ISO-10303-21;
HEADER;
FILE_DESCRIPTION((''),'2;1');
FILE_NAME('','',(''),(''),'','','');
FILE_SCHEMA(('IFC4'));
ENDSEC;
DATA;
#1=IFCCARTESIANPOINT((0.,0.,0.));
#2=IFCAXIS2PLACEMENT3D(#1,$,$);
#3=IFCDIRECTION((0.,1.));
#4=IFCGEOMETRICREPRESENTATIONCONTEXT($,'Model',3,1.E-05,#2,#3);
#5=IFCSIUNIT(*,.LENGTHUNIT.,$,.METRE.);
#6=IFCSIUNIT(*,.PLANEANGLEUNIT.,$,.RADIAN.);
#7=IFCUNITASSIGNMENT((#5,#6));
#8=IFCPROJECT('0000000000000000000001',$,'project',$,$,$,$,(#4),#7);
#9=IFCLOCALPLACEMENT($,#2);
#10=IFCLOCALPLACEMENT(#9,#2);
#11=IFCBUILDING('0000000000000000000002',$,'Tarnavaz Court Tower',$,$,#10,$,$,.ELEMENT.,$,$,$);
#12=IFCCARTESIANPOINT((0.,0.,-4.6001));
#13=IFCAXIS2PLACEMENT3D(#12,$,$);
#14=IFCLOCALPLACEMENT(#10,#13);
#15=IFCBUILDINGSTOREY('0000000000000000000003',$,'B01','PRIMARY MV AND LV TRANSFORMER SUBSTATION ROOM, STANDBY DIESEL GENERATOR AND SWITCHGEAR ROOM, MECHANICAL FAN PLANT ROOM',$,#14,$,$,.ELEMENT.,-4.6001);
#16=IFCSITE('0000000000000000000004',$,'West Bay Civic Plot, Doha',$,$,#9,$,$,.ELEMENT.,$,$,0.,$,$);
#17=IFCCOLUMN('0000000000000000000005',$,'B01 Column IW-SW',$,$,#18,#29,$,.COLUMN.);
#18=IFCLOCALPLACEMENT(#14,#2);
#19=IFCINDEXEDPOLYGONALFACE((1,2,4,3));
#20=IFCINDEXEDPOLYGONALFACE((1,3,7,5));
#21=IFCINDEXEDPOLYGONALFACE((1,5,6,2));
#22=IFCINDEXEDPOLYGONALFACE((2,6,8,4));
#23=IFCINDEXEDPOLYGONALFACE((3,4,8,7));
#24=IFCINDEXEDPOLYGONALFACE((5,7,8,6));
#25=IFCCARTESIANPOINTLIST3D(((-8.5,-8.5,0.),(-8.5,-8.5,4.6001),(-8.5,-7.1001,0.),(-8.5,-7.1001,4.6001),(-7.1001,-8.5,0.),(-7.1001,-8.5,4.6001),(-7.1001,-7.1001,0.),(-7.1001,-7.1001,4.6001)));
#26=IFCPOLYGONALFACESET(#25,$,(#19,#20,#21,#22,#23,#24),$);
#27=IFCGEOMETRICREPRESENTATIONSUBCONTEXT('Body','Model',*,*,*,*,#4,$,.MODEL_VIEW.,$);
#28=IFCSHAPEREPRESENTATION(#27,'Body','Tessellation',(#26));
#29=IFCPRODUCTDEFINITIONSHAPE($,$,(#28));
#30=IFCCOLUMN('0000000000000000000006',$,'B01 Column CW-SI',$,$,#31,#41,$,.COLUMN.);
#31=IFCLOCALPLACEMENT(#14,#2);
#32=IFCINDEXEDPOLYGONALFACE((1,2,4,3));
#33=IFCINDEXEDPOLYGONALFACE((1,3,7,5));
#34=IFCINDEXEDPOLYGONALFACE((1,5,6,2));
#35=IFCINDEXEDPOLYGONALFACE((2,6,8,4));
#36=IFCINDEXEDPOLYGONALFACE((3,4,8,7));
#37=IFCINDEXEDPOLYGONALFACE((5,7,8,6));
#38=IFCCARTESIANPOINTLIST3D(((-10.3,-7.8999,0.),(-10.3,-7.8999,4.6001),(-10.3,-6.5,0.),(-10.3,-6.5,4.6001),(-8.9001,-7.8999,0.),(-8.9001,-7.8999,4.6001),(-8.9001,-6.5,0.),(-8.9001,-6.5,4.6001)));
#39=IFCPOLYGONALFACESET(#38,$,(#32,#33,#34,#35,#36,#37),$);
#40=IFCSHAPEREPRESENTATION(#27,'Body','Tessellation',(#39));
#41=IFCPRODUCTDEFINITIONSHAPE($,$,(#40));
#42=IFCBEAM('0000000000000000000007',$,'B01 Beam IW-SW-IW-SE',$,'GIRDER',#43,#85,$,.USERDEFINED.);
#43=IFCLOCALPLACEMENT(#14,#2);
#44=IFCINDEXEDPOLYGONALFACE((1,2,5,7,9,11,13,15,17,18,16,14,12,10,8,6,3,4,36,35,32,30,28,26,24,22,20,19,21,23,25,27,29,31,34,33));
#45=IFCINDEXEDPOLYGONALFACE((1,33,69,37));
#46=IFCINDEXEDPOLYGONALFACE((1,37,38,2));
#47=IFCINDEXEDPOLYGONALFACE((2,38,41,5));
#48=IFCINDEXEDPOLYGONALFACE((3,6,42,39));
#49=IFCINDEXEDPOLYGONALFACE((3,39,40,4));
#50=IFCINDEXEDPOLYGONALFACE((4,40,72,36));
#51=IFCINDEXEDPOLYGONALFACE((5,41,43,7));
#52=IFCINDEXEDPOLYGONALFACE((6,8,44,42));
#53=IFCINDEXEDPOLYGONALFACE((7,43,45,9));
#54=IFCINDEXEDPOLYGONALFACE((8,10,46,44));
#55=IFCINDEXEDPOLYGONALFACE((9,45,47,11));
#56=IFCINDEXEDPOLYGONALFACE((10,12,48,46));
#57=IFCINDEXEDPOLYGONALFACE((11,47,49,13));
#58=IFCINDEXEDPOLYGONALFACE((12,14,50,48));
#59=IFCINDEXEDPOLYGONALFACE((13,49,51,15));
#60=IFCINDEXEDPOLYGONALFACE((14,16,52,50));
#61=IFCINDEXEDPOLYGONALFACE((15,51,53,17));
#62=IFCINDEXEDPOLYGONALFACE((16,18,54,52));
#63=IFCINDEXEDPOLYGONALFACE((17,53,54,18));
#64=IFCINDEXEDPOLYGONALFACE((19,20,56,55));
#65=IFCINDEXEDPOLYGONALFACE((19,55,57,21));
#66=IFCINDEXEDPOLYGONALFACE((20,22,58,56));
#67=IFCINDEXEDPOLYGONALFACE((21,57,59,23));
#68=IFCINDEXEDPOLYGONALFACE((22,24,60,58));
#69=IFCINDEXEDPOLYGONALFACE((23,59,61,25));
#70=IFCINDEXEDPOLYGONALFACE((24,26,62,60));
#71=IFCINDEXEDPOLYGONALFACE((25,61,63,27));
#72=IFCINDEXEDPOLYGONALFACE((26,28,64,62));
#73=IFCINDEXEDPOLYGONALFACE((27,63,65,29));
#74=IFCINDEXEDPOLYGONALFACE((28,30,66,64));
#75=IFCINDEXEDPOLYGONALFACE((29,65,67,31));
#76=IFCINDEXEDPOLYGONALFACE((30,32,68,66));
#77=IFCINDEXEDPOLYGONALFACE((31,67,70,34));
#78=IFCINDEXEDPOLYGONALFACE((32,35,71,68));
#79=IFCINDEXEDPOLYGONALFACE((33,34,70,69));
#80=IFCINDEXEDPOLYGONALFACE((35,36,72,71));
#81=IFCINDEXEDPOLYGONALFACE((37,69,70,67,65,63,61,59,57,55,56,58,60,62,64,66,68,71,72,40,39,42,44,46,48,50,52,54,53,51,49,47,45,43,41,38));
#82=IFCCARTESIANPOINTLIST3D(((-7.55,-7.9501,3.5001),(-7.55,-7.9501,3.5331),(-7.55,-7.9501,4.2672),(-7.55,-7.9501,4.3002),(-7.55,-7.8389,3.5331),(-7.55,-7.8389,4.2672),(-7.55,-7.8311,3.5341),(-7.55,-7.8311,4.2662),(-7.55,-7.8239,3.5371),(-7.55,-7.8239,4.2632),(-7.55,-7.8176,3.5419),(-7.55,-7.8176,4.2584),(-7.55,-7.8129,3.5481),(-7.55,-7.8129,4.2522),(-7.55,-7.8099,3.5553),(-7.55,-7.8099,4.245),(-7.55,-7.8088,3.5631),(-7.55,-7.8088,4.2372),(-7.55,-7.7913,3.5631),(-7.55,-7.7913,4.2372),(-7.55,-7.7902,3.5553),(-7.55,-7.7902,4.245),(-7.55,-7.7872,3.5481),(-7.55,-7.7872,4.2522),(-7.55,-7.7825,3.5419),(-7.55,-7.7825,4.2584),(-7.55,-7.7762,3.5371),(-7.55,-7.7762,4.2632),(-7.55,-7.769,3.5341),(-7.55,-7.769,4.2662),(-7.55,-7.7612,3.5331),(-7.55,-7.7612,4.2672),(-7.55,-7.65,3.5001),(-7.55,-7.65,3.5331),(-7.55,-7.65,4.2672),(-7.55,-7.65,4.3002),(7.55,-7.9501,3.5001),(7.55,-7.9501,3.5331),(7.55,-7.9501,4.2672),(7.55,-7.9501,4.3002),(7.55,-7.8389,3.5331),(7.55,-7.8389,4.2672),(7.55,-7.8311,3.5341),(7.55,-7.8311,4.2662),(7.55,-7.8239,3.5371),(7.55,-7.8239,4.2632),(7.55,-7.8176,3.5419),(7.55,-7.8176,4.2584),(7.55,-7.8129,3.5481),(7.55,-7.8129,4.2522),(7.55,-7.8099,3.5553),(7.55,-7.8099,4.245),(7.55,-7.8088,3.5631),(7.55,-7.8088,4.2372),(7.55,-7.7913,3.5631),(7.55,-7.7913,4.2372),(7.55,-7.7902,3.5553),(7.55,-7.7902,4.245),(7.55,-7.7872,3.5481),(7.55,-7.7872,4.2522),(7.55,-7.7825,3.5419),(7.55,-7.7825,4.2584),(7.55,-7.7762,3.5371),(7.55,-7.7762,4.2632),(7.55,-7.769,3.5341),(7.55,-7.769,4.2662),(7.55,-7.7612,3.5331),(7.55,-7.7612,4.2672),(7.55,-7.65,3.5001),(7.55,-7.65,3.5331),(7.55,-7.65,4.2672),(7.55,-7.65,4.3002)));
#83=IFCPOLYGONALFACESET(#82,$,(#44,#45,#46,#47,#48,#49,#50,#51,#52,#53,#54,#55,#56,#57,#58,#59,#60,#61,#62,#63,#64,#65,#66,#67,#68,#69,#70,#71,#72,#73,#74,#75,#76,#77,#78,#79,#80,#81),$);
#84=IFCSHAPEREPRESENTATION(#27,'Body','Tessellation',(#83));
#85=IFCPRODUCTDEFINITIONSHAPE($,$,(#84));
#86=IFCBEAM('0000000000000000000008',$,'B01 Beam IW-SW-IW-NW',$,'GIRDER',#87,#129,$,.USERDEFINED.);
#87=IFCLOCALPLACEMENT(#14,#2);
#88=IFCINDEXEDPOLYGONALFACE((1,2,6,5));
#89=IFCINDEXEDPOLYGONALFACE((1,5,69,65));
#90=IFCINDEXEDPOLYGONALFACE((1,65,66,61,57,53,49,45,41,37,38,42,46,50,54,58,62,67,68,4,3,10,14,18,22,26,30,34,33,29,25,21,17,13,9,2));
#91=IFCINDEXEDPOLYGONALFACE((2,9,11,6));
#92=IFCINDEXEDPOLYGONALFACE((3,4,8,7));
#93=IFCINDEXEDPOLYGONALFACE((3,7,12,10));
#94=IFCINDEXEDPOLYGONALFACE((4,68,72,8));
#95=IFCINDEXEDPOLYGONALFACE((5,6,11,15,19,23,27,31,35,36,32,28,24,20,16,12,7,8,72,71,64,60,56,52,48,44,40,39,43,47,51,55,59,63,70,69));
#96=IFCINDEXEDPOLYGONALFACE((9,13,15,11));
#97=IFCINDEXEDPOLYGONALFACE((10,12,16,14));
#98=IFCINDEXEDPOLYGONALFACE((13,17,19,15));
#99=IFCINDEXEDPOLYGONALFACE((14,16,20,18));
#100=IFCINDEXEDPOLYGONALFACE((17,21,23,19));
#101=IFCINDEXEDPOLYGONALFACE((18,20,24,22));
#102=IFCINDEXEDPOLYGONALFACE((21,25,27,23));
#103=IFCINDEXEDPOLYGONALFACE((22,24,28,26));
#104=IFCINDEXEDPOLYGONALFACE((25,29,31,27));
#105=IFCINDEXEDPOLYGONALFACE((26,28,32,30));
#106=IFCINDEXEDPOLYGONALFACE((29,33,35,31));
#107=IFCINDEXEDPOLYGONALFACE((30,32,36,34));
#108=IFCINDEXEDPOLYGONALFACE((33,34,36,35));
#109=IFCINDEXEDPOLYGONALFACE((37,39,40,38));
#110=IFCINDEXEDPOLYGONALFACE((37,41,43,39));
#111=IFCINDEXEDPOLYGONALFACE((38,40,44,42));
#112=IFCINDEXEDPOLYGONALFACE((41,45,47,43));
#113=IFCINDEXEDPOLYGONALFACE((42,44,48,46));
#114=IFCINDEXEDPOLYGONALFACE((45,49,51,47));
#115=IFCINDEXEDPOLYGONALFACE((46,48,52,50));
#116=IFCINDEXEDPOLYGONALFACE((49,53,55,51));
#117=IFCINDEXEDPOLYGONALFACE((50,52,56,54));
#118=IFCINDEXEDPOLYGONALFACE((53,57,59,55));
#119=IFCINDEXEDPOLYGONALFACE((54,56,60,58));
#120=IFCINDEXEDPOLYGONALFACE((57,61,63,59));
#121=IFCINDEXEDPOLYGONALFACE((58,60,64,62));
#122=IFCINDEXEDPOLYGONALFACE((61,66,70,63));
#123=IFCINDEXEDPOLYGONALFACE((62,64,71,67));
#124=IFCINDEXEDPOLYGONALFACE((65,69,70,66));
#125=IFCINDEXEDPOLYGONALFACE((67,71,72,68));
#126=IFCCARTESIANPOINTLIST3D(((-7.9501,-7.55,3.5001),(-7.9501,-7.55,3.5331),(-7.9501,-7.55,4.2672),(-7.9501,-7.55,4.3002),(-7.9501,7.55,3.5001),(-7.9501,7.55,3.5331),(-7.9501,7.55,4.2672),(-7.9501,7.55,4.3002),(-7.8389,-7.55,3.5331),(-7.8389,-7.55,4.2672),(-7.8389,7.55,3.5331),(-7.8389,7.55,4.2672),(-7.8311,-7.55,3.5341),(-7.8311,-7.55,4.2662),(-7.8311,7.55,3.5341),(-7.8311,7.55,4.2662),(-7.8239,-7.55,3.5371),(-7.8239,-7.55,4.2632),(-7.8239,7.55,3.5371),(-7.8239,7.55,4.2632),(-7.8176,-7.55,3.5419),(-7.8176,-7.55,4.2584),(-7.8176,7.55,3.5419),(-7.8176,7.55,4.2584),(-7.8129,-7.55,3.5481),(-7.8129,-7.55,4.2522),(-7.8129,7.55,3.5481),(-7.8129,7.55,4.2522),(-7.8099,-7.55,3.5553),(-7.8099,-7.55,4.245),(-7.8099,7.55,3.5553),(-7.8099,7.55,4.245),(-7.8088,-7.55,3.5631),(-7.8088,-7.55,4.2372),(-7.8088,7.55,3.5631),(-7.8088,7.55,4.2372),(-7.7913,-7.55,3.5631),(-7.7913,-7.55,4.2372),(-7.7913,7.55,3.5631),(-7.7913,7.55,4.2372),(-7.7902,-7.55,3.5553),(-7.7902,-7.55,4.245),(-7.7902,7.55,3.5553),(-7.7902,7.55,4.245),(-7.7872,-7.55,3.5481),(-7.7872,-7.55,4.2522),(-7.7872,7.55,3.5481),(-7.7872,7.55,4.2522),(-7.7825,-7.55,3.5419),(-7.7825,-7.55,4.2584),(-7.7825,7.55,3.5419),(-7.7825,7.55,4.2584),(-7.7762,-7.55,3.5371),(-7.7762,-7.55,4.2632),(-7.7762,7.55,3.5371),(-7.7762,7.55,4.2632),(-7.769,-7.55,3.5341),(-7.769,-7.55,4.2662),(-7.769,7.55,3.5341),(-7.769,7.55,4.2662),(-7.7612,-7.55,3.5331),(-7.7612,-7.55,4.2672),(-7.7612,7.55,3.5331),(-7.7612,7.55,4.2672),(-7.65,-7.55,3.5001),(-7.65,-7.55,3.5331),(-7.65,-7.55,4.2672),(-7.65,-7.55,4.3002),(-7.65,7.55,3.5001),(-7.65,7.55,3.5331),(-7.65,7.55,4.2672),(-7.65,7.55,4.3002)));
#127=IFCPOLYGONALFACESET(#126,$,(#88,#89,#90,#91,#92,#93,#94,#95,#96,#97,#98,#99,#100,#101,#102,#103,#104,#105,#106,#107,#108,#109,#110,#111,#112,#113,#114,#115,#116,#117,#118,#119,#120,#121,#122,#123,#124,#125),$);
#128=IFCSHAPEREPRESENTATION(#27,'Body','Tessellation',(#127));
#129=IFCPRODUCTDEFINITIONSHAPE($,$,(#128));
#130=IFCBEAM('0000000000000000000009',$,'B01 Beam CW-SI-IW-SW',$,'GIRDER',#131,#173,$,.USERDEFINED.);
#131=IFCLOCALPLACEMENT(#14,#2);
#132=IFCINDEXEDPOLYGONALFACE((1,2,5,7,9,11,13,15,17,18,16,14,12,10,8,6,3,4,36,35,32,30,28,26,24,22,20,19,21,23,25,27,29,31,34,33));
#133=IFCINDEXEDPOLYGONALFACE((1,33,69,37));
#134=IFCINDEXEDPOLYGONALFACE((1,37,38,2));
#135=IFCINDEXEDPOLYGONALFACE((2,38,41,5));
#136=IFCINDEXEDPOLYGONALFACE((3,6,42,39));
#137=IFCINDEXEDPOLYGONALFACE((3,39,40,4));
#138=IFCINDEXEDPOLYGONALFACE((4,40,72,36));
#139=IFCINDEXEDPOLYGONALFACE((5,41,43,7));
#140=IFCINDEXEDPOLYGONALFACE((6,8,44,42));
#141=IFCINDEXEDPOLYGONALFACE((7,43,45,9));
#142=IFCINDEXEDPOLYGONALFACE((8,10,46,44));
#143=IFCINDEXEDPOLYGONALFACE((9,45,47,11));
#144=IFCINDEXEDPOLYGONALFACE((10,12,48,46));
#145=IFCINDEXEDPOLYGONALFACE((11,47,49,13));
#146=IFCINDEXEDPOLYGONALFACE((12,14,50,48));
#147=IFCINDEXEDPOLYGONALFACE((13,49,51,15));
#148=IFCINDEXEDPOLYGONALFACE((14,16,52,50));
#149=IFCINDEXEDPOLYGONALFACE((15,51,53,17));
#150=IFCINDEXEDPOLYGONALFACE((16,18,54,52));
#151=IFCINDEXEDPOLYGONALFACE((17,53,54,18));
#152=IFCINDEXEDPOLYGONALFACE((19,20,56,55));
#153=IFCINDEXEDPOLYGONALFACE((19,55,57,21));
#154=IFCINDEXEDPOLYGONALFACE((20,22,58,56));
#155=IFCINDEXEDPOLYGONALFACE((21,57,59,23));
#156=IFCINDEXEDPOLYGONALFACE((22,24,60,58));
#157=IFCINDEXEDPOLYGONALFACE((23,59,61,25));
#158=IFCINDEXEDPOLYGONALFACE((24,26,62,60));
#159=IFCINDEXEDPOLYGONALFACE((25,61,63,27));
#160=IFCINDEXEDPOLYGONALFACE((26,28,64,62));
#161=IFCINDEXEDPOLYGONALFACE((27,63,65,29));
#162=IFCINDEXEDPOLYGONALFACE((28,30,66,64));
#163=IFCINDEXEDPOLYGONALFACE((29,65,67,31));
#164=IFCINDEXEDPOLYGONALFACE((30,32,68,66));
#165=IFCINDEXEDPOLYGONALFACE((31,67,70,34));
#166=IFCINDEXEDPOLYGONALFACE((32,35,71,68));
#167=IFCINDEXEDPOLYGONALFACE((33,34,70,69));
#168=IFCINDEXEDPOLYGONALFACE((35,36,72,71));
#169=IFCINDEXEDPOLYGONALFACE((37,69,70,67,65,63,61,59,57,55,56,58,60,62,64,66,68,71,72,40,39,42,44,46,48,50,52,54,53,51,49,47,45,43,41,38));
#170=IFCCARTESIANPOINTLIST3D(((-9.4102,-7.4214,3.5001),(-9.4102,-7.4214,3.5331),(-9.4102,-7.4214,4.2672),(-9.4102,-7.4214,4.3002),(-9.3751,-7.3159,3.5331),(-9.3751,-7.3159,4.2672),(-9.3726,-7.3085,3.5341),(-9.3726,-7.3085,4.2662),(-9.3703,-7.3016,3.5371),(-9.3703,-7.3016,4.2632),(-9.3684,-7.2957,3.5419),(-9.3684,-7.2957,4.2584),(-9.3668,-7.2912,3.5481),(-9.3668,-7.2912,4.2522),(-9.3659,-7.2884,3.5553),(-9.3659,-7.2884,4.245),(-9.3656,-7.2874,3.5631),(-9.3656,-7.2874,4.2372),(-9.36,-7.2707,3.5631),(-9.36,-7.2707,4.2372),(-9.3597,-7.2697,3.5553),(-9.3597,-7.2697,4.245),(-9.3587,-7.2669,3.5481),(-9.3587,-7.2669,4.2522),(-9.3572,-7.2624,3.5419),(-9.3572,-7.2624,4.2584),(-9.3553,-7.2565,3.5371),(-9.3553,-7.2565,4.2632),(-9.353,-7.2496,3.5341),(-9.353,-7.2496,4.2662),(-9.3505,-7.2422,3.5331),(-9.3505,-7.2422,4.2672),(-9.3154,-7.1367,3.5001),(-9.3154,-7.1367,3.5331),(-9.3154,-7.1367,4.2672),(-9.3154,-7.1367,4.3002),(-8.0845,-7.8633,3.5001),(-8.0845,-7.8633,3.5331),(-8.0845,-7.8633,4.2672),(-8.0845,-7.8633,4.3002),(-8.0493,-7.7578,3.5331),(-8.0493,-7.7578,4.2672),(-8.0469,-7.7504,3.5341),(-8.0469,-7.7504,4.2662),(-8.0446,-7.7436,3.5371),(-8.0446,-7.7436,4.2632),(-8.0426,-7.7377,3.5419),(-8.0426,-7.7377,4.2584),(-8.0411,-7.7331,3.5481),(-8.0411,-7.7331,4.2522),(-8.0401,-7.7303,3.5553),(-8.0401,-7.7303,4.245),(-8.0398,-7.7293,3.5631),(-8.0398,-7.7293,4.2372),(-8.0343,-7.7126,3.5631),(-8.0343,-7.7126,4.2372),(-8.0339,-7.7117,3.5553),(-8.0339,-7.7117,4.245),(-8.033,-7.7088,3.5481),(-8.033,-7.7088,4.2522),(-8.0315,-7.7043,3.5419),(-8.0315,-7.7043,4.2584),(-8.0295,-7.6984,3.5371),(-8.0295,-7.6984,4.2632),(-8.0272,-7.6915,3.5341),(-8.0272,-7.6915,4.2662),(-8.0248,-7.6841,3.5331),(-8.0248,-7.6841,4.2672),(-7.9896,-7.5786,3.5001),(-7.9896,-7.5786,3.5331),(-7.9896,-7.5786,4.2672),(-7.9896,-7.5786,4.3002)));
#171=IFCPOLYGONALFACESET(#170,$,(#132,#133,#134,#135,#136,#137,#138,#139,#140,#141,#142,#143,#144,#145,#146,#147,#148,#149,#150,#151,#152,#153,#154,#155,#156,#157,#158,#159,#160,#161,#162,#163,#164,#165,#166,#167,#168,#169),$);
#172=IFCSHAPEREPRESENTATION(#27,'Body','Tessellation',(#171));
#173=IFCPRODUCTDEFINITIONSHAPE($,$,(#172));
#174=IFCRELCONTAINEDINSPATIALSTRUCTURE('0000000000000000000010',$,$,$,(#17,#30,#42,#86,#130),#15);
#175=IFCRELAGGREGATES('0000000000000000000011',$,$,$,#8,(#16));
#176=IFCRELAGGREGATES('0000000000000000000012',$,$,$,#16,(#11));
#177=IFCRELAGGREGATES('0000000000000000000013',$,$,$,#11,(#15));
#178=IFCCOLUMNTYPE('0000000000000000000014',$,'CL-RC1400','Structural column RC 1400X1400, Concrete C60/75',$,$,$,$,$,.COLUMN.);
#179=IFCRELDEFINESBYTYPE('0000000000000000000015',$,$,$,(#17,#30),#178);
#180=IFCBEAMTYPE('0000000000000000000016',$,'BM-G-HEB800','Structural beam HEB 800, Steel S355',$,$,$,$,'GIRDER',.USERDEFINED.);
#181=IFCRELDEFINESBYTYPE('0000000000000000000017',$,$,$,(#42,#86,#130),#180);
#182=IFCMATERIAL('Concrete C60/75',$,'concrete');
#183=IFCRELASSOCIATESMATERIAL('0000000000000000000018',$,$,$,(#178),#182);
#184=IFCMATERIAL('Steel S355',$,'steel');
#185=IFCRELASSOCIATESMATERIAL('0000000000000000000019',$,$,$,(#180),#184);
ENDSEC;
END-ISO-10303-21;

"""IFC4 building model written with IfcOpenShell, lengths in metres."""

from ifc_helpers import new_model, si_unit, direction, frame, origin, origin_2d, place, context, subcontext, project, spatial, rectangle, i_section, extrude, material, material_profile, profile_set, type_object, element, save


model = new_model("IFC4")

# Units and contexts
model_context = context("Model", 3, precision=1e-05, world=origin(), true_north=direction((0.0, 1.0)))
body_context = subcontext(model_context, "Body", "Model", "MODEL_VIEW")
ifc_project = project(units=[si_unit("LENGTHUNIT", "METRE"), si_unit("PLANEANGLEUNIT", "RADIAN")], contexts=[model_context])

# Site, building, storey
site_placement = place(None, origin())
site = spatial("IfcSite", under=ifc_project, at=site_placement, Name="West Bay Civic Plot, Doha", CompositionType="ELEMENT", RefElevation=0.0)
building_placement = place(site_placement, origin())
building = spatial("IfcBuilding", under=site, at=building_placement, Name="Tarnavaz Court Tower", CompositionType="ELEMENT")
storey_placement = place(building_placement, frame((0.0, 0.0, -4.6001)))
storey = spatial("IfcBuildingStorey", under=building, at=storey_placement, Name="B01", Description="PRIMARY MV AND LV TRANSFORMER SUBSTATION ROOM, STANDBY DIESEL GENERATOR AND SWITCHGEAR ROOM, MECHANICAL FAN PLANT ROOM", CompositionType="ELEMENT", Elevation=-4.6001)

# Columns
ifc_material_1 = material(Name="Concrete C60/75", Category="concrete")
ifc_material_profile_1 = material_profile(ifc_material_1, rectangle(XDim=1.3999, YDim=1.3999, at=origin_2d()), Name="RC 1400X1400")
ifc_profile_set_1 = profile_set([ifc_material_profile_1], Name="Concrete C60/75")
column_type = type_object("IfcColumnType", Name="CL-RC1400", Description="Structural column RC 1400X1400, Concrete C60/75", PredefinedType="COLUMN", material=ifc_profile_set_1)
for number, where, z_axis, x_axis, name in (
    (1, (-7.8, -7.8, 0.0), (0.0, 0.0, 1.0), (1.0, 0.0, 0.0), "B01 Column IW-SW"),
    (2, (-9.6001, -7.2, 0.0), (0.0, 0.0, 1.0), (1.0, 0.0, 0.0), "B01 Column CW-SI"),
):
    element("IfcColumn", number, at=place(storey_placement, frame(where, z_axis=z_axis, x_axis=x_axis)), inside=storey, type_object=column_type, Name=name, PredefinedType="COLUMN", context=body_context, shape_type="SweptSolid", body=[
        extrude(rectangle(XDim=1.3999, YDim=1.3999, at=origin_2d()), origin(), (0.0, 0.0, 1.0), 4.6001),
    ])

# Beams
ifc_material_2 = material(Name="Steel S355", Category="steel")
ifc_material_profile_2 = material_profile(ifc_material_2, i_section(OverallWidth=0.3, OverallDepth=0.8, WebThickness=0.0176, FlangeThickness=0.033, FilletRadius=0.03, at=origin_2d()), Name="HEB 800")
ifc_profile_set_2 = profile_set([ifc_material_profile_2], Name="Steel S355")
beam_type_1 = type_object("IfcBeamType", Name="BM-G-HEB800", Description="Structural beam HEB 800, Steel S355", ElementType="GIRDER", PredefinedType="USERDEFINED", material=ifc_profile_set_2)
for number, where, z_axis, x_axis, name in (
    (3, (-7.55, -7.8, 3.9001), (1.0, 0.0, 0.0), (0.0, 1.0, 0.0), "B01 Beam IW-SW-IW-SE"),
    (4, (-7.8, -7.55, 3.9001), (0.0, 1.0, 0.0), (-1.0, 0.0, 0.0), "B01 Beam IW-SW-IW-NW"),
):
    element("IfcBeam", number, at=place(storey_placement, frame(where, z_axis=z_axis, x_axis=x_axis)), inside=storey, type_object=beam_type_1, Name=name, ObjectType="GIRDER", PredefinedType="USERDEFINED", context=body_context, shape_type="SweptSolid", body=[
        extrude(i_section(OverallWidth=0.3, OverallDepth=0.8, WebThickness=0.0176, FlangeThickness=0.033, FilletRadius=0.03, at=origin_2d()), origin(), (0.0, 0.0, 1.0), 15.1001),
    ])
beam_1_placement = place(storey_placement, frame((-9.3628, -7.2791, 3.9001), z_axis=(0.948683, -0.316228, 0.0), x_axis=(0.316228, 0.948683, 0.0)))
element("IfcBeam", 5, at=beam_1_placement, inside=storey, type_object=beam_type_1, Name="B01 Beam CW-SI-IW-SW", ObjectType="GIRDER", PredefinedType="USERDEFINED", context=body_context, shape_type="SweptSolid", body=[
    extrude(i_section(OverallWidth=0.3, OverallDepth=0.8, WebThickness=0.0176, FlangeThickness=0.033, FilletRadius=0.03, at=origin_2d()), origin(), (0.0, 0.0, 1.0), 1.3975),
])

save(model, "model.ifc")
